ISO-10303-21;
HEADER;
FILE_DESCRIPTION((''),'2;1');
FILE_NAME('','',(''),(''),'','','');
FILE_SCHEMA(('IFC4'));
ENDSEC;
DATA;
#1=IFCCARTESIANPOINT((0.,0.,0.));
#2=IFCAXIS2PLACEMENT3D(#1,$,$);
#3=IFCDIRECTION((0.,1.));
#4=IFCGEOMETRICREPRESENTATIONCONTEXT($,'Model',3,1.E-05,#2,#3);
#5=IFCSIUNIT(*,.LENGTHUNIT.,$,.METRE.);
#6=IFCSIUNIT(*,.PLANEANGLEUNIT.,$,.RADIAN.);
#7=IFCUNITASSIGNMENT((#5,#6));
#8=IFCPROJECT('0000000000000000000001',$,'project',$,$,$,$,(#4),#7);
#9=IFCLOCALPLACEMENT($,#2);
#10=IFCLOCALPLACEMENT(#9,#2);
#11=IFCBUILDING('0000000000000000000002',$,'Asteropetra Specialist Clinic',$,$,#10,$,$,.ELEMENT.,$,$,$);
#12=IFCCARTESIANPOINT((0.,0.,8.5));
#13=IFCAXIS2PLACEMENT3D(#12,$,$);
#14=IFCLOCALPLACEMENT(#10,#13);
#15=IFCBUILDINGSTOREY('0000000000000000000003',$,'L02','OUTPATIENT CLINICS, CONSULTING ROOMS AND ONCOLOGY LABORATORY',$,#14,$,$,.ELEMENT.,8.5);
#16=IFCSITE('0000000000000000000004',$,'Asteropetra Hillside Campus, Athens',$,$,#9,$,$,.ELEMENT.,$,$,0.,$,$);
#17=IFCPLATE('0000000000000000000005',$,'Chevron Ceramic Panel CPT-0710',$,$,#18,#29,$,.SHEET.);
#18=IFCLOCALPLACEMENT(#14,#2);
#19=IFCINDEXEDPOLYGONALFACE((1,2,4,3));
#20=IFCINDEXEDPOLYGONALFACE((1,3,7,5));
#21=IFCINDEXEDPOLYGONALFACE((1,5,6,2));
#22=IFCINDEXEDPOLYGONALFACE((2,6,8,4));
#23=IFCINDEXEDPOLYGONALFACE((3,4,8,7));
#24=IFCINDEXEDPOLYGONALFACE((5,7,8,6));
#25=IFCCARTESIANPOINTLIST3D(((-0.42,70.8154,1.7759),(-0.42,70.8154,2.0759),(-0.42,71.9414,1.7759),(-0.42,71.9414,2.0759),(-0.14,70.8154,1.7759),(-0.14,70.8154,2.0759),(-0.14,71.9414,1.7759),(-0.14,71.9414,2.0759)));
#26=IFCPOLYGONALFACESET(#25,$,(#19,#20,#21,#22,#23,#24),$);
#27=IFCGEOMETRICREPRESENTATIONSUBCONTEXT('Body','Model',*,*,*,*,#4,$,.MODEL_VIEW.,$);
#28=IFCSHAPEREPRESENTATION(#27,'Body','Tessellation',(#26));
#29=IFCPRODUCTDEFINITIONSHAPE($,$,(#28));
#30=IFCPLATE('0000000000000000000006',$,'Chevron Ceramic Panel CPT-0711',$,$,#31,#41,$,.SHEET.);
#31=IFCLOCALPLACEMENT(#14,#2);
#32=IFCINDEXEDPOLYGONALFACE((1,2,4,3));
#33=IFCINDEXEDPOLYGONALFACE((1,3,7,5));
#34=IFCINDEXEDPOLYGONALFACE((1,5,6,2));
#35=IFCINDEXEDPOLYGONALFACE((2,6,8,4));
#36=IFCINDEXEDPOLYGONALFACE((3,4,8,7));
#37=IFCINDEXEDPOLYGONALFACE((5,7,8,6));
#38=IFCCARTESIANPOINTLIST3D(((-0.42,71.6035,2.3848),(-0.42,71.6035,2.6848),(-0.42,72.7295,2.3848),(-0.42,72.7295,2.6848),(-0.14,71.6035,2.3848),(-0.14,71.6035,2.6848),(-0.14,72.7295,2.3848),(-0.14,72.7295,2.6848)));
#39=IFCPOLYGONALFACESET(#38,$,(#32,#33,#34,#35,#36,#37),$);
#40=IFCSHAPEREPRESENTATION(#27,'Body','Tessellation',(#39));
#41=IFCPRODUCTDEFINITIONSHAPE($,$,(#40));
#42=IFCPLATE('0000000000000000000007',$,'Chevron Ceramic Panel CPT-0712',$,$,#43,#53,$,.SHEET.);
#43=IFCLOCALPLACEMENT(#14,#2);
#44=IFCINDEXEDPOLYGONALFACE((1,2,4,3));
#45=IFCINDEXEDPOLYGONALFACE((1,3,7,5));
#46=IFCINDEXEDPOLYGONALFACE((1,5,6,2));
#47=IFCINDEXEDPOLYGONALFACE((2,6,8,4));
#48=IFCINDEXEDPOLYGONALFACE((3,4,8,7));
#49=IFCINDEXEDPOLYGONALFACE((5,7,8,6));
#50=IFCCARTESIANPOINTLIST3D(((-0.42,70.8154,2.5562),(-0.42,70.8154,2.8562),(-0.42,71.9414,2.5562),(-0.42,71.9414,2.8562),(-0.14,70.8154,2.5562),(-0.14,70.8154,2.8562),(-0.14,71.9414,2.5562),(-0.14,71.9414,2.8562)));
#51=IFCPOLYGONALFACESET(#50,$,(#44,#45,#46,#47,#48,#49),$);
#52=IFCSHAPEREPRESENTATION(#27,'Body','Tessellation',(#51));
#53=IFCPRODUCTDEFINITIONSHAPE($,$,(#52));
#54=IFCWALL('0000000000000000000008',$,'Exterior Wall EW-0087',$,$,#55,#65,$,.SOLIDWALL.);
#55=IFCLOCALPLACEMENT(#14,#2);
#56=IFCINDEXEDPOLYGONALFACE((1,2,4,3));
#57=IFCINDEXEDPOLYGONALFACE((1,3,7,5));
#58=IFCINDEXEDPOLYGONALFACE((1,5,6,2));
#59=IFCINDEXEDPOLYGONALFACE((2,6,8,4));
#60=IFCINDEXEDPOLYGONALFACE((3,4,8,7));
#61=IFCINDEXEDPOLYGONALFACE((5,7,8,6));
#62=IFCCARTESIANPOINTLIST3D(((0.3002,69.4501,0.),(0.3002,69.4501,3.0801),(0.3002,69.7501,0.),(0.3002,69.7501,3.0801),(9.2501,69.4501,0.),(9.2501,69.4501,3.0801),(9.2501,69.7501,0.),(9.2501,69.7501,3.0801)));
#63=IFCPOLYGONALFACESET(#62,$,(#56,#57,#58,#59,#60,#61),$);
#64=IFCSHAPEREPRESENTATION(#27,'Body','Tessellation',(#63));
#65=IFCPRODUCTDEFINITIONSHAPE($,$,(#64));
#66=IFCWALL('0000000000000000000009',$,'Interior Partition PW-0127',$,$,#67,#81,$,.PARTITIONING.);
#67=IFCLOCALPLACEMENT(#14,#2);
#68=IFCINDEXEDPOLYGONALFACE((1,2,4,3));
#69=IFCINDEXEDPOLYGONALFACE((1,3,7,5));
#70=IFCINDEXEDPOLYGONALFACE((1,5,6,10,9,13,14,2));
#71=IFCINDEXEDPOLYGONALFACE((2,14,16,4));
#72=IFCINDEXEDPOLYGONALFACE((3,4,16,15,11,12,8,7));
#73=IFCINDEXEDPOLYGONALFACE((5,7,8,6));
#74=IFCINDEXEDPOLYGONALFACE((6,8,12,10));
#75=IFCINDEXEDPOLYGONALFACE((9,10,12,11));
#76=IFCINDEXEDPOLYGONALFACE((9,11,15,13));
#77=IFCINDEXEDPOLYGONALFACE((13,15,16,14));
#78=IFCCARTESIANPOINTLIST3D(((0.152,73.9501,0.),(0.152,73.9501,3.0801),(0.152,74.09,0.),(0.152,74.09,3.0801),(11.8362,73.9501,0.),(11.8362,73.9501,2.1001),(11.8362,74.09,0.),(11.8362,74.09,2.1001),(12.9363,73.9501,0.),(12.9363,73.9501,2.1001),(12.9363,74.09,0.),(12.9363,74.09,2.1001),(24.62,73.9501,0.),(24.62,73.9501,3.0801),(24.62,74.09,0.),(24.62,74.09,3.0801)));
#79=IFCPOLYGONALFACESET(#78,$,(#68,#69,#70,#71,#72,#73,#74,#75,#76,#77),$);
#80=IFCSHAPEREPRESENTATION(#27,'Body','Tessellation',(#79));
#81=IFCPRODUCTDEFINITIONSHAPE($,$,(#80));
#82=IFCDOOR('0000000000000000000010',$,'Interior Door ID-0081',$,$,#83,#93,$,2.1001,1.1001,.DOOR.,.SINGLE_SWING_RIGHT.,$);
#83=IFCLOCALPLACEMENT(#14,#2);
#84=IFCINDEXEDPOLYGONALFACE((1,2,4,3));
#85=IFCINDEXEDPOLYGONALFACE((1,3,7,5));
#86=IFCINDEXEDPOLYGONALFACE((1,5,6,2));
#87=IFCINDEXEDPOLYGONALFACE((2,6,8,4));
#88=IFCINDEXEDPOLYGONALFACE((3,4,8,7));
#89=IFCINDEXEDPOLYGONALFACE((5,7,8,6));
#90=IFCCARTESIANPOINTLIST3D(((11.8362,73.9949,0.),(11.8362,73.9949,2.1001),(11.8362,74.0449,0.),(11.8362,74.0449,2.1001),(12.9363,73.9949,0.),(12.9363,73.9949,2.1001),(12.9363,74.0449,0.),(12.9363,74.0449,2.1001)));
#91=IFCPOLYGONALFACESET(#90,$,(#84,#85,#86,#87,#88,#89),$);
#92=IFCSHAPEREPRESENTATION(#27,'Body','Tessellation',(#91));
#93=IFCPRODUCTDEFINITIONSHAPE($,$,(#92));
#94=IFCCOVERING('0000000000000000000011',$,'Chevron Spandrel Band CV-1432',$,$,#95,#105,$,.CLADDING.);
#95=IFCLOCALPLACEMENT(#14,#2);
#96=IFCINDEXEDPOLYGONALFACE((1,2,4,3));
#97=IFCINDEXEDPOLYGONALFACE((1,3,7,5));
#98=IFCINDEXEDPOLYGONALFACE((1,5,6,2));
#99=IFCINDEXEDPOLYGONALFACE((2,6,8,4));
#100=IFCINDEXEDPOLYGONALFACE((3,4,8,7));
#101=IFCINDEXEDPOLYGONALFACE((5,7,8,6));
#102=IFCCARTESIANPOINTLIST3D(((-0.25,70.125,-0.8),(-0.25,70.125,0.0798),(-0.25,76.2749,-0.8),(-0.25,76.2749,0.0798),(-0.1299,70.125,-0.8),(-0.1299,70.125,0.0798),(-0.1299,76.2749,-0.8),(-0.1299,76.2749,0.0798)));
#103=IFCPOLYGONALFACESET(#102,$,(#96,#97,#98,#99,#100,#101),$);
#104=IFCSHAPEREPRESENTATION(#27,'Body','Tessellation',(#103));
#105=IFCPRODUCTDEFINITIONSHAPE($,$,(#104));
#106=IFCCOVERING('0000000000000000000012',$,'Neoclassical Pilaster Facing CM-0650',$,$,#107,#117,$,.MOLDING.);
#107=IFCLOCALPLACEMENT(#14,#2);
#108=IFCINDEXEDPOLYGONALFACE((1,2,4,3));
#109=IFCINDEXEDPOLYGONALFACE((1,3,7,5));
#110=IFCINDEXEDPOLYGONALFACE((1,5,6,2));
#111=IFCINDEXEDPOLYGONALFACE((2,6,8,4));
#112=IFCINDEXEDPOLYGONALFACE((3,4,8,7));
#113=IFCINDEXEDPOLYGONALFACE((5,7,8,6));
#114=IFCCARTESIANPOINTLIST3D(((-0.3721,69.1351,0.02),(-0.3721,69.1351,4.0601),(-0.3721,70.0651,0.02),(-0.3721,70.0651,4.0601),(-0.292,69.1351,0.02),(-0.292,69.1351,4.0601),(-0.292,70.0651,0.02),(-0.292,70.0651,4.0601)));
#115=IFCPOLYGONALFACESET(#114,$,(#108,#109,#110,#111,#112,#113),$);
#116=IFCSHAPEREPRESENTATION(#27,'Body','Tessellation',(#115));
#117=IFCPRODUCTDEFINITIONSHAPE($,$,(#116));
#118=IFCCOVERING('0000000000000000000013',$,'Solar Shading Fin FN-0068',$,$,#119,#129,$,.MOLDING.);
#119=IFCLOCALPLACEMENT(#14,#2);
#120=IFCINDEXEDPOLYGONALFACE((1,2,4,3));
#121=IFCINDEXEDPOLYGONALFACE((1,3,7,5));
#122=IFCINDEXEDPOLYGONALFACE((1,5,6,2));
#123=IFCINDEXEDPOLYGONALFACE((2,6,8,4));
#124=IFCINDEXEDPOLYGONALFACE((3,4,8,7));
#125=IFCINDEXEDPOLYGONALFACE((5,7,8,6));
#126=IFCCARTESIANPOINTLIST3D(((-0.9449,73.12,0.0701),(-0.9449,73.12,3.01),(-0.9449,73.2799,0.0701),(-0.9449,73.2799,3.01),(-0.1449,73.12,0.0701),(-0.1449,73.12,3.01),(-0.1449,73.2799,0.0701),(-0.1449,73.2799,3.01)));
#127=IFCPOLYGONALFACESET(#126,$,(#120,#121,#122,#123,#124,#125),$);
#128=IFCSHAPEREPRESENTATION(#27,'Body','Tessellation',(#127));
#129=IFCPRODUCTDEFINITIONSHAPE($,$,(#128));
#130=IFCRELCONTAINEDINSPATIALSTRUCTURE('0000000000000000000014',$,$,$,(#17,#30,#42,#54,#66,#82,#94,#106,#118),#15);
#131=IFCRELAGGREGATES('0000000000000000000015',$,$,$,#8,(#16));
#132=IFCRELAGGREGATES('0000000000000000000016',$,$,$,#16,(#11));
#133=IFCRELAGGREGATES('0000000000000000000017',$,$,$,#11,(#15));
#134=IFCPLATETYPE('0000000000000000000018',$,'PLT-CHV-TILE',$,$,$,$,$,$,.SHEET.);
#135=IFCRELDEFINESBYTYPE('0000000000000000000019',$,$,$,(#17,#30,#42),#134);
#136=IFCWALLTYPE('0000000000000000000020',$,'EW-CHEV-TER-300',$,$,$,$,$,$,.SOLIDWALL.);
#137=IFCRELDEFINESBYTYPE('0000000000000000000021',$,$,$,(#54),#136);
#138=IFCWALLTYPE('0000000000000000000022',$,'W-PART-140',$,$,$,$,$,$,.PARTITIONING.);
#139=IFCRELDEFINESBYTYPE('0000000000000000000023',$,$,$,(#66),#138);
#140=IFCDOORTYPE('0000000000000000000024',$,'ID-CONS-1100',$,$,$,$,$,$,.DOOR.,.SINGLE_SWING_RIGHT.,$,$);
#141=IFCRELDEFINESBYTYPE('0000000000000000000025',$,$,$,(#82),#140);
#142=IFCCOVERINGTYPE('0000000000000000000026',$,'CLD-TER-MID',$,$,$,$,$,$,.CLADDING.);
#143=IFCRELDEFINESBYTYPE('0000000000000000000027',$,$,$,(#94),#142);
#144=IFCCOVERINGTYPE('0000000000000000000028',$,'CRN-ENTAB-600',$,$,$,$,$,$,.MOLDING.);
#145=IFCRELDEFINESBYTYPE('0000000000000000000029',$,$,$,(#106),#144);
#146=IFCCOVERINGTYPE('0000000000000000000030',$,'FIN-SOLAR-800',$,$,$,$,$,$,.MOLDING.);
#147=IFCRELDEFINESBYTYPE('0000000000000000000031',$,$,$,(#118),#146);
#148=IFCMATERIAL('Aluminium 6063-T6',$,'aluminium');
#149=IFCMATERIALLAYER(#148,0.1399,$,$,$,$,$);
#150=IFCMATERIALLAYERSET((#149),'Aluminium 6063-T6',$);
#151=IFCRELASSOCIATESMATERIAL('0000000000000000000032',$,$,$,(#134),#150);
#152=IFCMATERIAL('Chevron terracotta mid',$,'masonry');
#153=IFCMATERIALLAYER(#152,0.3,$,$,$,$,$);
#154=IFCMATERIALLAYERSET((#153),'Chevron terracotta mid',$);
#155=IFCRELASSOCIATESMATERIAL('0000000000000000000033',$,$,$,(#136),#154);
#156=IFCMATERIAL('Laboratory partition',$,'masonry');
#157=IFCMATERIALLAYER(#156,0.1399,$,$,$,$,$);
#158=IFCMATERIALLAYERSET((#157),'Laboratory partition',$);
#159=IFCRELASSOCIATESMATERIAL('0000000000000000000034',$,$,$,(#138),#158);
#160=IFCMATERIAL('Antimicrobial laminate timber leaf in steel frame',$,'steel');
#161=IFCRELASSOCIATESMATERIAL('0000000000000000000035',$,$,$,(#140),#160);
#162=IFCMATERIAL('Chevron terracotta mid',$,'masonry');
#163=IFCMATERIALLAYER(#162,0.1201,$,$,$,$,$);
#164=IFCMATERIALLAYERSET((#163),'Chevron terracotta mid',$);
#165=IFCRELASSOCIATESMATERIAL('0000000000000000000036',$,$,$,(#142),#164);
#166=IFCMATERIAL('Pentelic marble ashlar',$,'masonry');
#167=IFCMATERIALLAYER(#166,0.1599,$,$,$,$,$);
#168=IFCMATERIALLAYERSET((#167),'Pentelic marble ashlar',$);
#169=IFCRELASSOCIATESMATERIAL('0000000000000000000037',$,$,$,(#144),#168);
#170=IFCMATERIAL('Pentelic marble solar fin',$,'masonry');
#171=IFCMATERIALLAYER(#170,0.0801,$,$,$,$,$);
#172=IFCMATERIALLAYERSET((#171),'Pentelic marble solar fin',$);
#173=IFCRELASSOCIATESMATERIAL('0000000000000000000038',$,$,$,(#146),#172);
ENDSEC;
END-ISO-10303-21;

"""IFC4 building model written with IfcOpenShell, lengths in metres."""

from ifc_helpers import new_model, si_unit, direction, frame, frame_2d, origin, origin_2d, place, context, subcontext, project, spatial, rectangle, extrude, material, layer, layer_set, type_object, element, fill, save


model = new_model("IFC4")

# Units and contexts
model_context = context("Model", 3, precision=1e-05, world=origin(), true_north=direction((0.0, 1.0)))
body_context = subcontext(model_context, "Body", "Model", "MODEL_VIEW")
ifc_project = project(units=[si_unit("LENGTHUNIT", "METRE"), si_unit("PLANEANGLEUNIT", "RADIAN")], contexts=[model_context])

# Site, building, storey
site_placement = place(None, origin())
site = spatial("IfcSite", under=ifc_project, at=site_placement, Name="Asteropetra Hillside Campus, Athens", CompositionType="ELEMENT", RefElevation=0.0)
building_placement = place(site_placement, origin())
building = spatial("IfcBuilding", under=site, at=building_placement, Name="Asteropetra Specialist Clinic", CompositionType="ELEMENT")
storey_placement = place(building_placement, frame((0.0, 0.0, 8.5)))
storey = spatial("IfcBuildingStorey", under=building, at=storey_placement, Name="L02", Description="OUTPATIENT CLINICS, CONSULTING ROOMS AND ONCOLOGY LABORATORY", CompositionType="ELEMENT", Elevation=8.5)

# Plates
ifc_material_1 = material(Name="Aluminium 6063-T6", Category="aluminium")
ifc_layer_1 = layer(ifc_material_1, 0.1399)
ifc_layer_set_1 = layer_set([ifc_layer_1], Name="Aluminium 6063-T6")
plate_type_1 = type_object("IfcPlateType", Name="PLT-CHV-TILE", PredefinedType="SHEET", material=ifc_layer_set_1)
for number, where, z_axis, x_axis, name in (
    (1, (-0.28, 71.3784, 1.7759), (0.0, 0.0, 1.0), (1.0, 0.0, 0.0), "Chevron Ceramic Panel CPT-0710"),
    (2, (-0.28, 72.1665, 2.3848), (0.0, 0.0, 1.0), (1.0, 0.0, 0.0), "Chevron Ceramic Panel CPT-0711"),
    (3, (-0.28, 71.3784, 2.5562), (0.0, 0.0, 1.0), (1.0, 0.0, 0.0), "Chevron Ceramic Panel CPT-0712"),
):
    element("IfcPlate", number, at=place(storey_placement, frame(where, z_axis=z_axis, x_axis=x_axis)), inside=storey, type_object=plate_type_1, Name=name, PredefinedType="SHEET", context=body_context, shape_type="SweptSolid", body=[
        extrude(rectangle(XDim=0.28, YDim=1.126, at=origin_2d()), origin(), (0.0, 0.0, 1.0), 0.3),
    ])

# Wall
ifc_material_2 = material(Name="Chevron terracotta mid", Category="masonry")
ifc_layer_2 = layer(ifc_material_2, 0.3)
ifc_layer_set_2 = layer_set([ifc_layer_2], Name="Chevron terracotta mid")
wall_type_1 = type_object("IfcWallType", Name="EW-CHEV-TER-300", PredefinedType="SOLIDWALL", material=ifc_layer_set_2)
wall_1_placement = place(storey_placement, frame((0.3, 69.6001, 0.0), z_axis=(0.0, 0.0, 1.0), x_axis=(1.0, 0.0, 0.0)))
element("IfcWall", 4, at=wall_1_placement, inside=storey, type_object=wall_type_1, Name="Exterior Wall EW-0087", PredefinedType="SOLIDWALL", context=body_context, shape_type="SweptSolid", body=[
    extrude(rectangle(XDim=8.95, YDim=0.3, at=frame_2d((4.4751, 0.0))), origin(), (0.0, 0.0, 1.0), 3.0801),
])

# Wall, opening, door
ifc_material_3 = material(Name="Laboratory partition", Category="masonry")
ifc_layer_3 = layer(ifc_material_3, 0.1399)
ifc_layer_set_3 = layer_set([ifc_layer_3], Name="Laboratory partition")
wall_type_2 = type_object("IfcWallType", Name="W-PART-140", PredefinedType="PARTITIONING", material=ifc_layer_set_3)
wall_2_placement = place(storey_placement, frame((0.1521, 74.02, 0.0), z_axis=(0.0, 0.0, 1.0), x_axis=(1.0, 0.0, 0.0)))
wall_2 = element("IfcWall", 5, at=wall_2_placement, inside=storey, type_object=wall_type_2, Name="Interior Partition PW-0127", PredefinedType="PARTITIONING", context=body_context, shape_type="SweptSolid", body=[
    extrude(rectangle(XDim=24.468, YDim=0.1399, at=frame_2d((12.2339, 0.0))), origin(), (0.0, 0.0, 1.0), 3.0801),
])
opening_placement = place(wall_2_placement, frame((11.6841, 0.0, 0.0)))
opening = element("IfcOpeningElement", 6, at=opening_placement, cuts=wall_2, PredefinedType="OPENING", context=body_context, shape_type="SweptSolid", body=[
    extrude(rectangle(XDim=1.1001, YDim=2.1001, at=frame_2d((0.55, 1.05))), frame((0.0, 0.0798, 0.0), z_axis=(0.0, -1.0, 0.0), x_axis=(1.0, 0.0, 0.0)), (0.0, 0.0, 1.0), 0.1599),
])
ifc_material_4 = material(Name="Antimicrobial laminate timber leaf in steel frame", Category="steel")
door_type = type_object("IfcDoorType", Name="ID-CONS-1100", OperationType="SINGLE_SWING_RIGHT", PredefinedType="DOOR", material=ifc_material_4)
door_placement = place(opening_placement, origin())
door = element("IfcDoor", 7, at=door_placement, inside=storey, type_object=door_type, Name="Interior Door ID-0081", OperationType="SINGLE_SWING_RIGHT", OverallHeight=2.1001, OverallWidth=1.1001, PredefinedType="DOOR", context=body_context, shape_type="SweptSolid", body=[
    extrude(rectangle(XDim=1.1001, YDim=2.1001, at=frame_2d((0.55, 1.05))), frame((0.0, 0.0249, 0.0), z_axis=(0.0, -1.0, 0.0), x_axis=(1.0, 0.0, 0.0)), (0.0, 0.0, 1.0), 0.05),
])
fill(opening, door)

# Coverings
ifc_material_5 = material(Name="Chevron terracotta mid", Category="masonry")
ifc_layer_4 = layer(ifc_material_5, 0.1201)
ifc_layer_set_4 = layer_set([ifc_layer_4], Name="Chevron terracotta mid")
covering_type_1 = type_object("IfcCoveringType", Name="CLD-TER-MID", PredefinedType="CLADDING", material=ifc_layer_set_4)
covering_1_placement = place(storey_placement, frame((-0.1899, 73.2, -0.8), z_axis=(0.0, 0.0, 1.0), x_axis=(1.0, 0.0, 0.0)))
element("IfcCovering", 8, at=covering_1_placement, inside=storey, type_object=covering_type_1, Name="Chevron Spandrel Band CV-1432", PredefinedType="CLADDING", context=body_context, shape_type="SweptSolid", body=[
    extrude(rectangle(XDim=0.1201, YDim=6.1499, at=origin_2d()), origin(), (0.0, 0.0, 1.0), 0.8799),
])
ifc_material_6 = material(Name="Pentelic marble ashlar", Category="masonry")
ifc_layer_5 = layer(ifc_material_6, 0.1599)
ifc_layer_set_5 = layer_set([ifc_layer_5], Name="Pentelic marble ashlar")
covering_type_2 = type_object("IfcCoveringType", Name="CRN-ENTAB-600", PredefinedType="MOLDING", material=ifc_layer_set_5)
covering_2_placement = place(storey_placement, frame((-0.332, 69.6001, 0.02), z_axis=(0.0, 0.0, 1.0), x_axis=(1.0, 0.0, 0.0)))
element("IfcCovering", 9, at=covering_2_placement, inside=storey, type_object=covering_type_2, Name="Neoclassical Pilaster Facing CM-0650", PredefinedType="MOLDING", context=body_context, shape_type="SweptSolid", body=[
    extrude(rectangle(XDim=0.0801, YDim=0.9299, at=origin_2d()), origin(), (0.0, 0.0, 1.0), 4.04),
])
ifc_material_7 = material(Name="Pentelic marble solar fin", Category="masonry")
ifc_layer_6 = layer(ifc_material_7, 0.0801)
ifc_layer_set_6 = layer_set([ifc_layer_6], Name="Pentelic marble solar fin")
covering_type_3 = type_object("IfcCoveringType", Name="FIN-SOLAR-800", PredefinedType="MOLDING", material=ifc_layer_set_6)
covering_3_placement = place(storey_placement, frame((-0.5449, 73.2, 0.0701), z_axis=(0.0, 0.0, 1.0), x_axis=(1.0, 0.0, 0.0)))
element("IfcCovering", 10, at=covering_3_placement, inside=storey, type_object=covering_type_3, Name="Solar Shading Fin FN-0068", PredefinedType="MOLDING", context=body_context, shape_type="SweptSolid", body=[
    extrude(rectangle(XDim=0.8, YDim=0.1599, at=origin_2d()), origin(), (0.0, 0.0, 1.0), 2.9399),
])

save(model, "model.ifc")
